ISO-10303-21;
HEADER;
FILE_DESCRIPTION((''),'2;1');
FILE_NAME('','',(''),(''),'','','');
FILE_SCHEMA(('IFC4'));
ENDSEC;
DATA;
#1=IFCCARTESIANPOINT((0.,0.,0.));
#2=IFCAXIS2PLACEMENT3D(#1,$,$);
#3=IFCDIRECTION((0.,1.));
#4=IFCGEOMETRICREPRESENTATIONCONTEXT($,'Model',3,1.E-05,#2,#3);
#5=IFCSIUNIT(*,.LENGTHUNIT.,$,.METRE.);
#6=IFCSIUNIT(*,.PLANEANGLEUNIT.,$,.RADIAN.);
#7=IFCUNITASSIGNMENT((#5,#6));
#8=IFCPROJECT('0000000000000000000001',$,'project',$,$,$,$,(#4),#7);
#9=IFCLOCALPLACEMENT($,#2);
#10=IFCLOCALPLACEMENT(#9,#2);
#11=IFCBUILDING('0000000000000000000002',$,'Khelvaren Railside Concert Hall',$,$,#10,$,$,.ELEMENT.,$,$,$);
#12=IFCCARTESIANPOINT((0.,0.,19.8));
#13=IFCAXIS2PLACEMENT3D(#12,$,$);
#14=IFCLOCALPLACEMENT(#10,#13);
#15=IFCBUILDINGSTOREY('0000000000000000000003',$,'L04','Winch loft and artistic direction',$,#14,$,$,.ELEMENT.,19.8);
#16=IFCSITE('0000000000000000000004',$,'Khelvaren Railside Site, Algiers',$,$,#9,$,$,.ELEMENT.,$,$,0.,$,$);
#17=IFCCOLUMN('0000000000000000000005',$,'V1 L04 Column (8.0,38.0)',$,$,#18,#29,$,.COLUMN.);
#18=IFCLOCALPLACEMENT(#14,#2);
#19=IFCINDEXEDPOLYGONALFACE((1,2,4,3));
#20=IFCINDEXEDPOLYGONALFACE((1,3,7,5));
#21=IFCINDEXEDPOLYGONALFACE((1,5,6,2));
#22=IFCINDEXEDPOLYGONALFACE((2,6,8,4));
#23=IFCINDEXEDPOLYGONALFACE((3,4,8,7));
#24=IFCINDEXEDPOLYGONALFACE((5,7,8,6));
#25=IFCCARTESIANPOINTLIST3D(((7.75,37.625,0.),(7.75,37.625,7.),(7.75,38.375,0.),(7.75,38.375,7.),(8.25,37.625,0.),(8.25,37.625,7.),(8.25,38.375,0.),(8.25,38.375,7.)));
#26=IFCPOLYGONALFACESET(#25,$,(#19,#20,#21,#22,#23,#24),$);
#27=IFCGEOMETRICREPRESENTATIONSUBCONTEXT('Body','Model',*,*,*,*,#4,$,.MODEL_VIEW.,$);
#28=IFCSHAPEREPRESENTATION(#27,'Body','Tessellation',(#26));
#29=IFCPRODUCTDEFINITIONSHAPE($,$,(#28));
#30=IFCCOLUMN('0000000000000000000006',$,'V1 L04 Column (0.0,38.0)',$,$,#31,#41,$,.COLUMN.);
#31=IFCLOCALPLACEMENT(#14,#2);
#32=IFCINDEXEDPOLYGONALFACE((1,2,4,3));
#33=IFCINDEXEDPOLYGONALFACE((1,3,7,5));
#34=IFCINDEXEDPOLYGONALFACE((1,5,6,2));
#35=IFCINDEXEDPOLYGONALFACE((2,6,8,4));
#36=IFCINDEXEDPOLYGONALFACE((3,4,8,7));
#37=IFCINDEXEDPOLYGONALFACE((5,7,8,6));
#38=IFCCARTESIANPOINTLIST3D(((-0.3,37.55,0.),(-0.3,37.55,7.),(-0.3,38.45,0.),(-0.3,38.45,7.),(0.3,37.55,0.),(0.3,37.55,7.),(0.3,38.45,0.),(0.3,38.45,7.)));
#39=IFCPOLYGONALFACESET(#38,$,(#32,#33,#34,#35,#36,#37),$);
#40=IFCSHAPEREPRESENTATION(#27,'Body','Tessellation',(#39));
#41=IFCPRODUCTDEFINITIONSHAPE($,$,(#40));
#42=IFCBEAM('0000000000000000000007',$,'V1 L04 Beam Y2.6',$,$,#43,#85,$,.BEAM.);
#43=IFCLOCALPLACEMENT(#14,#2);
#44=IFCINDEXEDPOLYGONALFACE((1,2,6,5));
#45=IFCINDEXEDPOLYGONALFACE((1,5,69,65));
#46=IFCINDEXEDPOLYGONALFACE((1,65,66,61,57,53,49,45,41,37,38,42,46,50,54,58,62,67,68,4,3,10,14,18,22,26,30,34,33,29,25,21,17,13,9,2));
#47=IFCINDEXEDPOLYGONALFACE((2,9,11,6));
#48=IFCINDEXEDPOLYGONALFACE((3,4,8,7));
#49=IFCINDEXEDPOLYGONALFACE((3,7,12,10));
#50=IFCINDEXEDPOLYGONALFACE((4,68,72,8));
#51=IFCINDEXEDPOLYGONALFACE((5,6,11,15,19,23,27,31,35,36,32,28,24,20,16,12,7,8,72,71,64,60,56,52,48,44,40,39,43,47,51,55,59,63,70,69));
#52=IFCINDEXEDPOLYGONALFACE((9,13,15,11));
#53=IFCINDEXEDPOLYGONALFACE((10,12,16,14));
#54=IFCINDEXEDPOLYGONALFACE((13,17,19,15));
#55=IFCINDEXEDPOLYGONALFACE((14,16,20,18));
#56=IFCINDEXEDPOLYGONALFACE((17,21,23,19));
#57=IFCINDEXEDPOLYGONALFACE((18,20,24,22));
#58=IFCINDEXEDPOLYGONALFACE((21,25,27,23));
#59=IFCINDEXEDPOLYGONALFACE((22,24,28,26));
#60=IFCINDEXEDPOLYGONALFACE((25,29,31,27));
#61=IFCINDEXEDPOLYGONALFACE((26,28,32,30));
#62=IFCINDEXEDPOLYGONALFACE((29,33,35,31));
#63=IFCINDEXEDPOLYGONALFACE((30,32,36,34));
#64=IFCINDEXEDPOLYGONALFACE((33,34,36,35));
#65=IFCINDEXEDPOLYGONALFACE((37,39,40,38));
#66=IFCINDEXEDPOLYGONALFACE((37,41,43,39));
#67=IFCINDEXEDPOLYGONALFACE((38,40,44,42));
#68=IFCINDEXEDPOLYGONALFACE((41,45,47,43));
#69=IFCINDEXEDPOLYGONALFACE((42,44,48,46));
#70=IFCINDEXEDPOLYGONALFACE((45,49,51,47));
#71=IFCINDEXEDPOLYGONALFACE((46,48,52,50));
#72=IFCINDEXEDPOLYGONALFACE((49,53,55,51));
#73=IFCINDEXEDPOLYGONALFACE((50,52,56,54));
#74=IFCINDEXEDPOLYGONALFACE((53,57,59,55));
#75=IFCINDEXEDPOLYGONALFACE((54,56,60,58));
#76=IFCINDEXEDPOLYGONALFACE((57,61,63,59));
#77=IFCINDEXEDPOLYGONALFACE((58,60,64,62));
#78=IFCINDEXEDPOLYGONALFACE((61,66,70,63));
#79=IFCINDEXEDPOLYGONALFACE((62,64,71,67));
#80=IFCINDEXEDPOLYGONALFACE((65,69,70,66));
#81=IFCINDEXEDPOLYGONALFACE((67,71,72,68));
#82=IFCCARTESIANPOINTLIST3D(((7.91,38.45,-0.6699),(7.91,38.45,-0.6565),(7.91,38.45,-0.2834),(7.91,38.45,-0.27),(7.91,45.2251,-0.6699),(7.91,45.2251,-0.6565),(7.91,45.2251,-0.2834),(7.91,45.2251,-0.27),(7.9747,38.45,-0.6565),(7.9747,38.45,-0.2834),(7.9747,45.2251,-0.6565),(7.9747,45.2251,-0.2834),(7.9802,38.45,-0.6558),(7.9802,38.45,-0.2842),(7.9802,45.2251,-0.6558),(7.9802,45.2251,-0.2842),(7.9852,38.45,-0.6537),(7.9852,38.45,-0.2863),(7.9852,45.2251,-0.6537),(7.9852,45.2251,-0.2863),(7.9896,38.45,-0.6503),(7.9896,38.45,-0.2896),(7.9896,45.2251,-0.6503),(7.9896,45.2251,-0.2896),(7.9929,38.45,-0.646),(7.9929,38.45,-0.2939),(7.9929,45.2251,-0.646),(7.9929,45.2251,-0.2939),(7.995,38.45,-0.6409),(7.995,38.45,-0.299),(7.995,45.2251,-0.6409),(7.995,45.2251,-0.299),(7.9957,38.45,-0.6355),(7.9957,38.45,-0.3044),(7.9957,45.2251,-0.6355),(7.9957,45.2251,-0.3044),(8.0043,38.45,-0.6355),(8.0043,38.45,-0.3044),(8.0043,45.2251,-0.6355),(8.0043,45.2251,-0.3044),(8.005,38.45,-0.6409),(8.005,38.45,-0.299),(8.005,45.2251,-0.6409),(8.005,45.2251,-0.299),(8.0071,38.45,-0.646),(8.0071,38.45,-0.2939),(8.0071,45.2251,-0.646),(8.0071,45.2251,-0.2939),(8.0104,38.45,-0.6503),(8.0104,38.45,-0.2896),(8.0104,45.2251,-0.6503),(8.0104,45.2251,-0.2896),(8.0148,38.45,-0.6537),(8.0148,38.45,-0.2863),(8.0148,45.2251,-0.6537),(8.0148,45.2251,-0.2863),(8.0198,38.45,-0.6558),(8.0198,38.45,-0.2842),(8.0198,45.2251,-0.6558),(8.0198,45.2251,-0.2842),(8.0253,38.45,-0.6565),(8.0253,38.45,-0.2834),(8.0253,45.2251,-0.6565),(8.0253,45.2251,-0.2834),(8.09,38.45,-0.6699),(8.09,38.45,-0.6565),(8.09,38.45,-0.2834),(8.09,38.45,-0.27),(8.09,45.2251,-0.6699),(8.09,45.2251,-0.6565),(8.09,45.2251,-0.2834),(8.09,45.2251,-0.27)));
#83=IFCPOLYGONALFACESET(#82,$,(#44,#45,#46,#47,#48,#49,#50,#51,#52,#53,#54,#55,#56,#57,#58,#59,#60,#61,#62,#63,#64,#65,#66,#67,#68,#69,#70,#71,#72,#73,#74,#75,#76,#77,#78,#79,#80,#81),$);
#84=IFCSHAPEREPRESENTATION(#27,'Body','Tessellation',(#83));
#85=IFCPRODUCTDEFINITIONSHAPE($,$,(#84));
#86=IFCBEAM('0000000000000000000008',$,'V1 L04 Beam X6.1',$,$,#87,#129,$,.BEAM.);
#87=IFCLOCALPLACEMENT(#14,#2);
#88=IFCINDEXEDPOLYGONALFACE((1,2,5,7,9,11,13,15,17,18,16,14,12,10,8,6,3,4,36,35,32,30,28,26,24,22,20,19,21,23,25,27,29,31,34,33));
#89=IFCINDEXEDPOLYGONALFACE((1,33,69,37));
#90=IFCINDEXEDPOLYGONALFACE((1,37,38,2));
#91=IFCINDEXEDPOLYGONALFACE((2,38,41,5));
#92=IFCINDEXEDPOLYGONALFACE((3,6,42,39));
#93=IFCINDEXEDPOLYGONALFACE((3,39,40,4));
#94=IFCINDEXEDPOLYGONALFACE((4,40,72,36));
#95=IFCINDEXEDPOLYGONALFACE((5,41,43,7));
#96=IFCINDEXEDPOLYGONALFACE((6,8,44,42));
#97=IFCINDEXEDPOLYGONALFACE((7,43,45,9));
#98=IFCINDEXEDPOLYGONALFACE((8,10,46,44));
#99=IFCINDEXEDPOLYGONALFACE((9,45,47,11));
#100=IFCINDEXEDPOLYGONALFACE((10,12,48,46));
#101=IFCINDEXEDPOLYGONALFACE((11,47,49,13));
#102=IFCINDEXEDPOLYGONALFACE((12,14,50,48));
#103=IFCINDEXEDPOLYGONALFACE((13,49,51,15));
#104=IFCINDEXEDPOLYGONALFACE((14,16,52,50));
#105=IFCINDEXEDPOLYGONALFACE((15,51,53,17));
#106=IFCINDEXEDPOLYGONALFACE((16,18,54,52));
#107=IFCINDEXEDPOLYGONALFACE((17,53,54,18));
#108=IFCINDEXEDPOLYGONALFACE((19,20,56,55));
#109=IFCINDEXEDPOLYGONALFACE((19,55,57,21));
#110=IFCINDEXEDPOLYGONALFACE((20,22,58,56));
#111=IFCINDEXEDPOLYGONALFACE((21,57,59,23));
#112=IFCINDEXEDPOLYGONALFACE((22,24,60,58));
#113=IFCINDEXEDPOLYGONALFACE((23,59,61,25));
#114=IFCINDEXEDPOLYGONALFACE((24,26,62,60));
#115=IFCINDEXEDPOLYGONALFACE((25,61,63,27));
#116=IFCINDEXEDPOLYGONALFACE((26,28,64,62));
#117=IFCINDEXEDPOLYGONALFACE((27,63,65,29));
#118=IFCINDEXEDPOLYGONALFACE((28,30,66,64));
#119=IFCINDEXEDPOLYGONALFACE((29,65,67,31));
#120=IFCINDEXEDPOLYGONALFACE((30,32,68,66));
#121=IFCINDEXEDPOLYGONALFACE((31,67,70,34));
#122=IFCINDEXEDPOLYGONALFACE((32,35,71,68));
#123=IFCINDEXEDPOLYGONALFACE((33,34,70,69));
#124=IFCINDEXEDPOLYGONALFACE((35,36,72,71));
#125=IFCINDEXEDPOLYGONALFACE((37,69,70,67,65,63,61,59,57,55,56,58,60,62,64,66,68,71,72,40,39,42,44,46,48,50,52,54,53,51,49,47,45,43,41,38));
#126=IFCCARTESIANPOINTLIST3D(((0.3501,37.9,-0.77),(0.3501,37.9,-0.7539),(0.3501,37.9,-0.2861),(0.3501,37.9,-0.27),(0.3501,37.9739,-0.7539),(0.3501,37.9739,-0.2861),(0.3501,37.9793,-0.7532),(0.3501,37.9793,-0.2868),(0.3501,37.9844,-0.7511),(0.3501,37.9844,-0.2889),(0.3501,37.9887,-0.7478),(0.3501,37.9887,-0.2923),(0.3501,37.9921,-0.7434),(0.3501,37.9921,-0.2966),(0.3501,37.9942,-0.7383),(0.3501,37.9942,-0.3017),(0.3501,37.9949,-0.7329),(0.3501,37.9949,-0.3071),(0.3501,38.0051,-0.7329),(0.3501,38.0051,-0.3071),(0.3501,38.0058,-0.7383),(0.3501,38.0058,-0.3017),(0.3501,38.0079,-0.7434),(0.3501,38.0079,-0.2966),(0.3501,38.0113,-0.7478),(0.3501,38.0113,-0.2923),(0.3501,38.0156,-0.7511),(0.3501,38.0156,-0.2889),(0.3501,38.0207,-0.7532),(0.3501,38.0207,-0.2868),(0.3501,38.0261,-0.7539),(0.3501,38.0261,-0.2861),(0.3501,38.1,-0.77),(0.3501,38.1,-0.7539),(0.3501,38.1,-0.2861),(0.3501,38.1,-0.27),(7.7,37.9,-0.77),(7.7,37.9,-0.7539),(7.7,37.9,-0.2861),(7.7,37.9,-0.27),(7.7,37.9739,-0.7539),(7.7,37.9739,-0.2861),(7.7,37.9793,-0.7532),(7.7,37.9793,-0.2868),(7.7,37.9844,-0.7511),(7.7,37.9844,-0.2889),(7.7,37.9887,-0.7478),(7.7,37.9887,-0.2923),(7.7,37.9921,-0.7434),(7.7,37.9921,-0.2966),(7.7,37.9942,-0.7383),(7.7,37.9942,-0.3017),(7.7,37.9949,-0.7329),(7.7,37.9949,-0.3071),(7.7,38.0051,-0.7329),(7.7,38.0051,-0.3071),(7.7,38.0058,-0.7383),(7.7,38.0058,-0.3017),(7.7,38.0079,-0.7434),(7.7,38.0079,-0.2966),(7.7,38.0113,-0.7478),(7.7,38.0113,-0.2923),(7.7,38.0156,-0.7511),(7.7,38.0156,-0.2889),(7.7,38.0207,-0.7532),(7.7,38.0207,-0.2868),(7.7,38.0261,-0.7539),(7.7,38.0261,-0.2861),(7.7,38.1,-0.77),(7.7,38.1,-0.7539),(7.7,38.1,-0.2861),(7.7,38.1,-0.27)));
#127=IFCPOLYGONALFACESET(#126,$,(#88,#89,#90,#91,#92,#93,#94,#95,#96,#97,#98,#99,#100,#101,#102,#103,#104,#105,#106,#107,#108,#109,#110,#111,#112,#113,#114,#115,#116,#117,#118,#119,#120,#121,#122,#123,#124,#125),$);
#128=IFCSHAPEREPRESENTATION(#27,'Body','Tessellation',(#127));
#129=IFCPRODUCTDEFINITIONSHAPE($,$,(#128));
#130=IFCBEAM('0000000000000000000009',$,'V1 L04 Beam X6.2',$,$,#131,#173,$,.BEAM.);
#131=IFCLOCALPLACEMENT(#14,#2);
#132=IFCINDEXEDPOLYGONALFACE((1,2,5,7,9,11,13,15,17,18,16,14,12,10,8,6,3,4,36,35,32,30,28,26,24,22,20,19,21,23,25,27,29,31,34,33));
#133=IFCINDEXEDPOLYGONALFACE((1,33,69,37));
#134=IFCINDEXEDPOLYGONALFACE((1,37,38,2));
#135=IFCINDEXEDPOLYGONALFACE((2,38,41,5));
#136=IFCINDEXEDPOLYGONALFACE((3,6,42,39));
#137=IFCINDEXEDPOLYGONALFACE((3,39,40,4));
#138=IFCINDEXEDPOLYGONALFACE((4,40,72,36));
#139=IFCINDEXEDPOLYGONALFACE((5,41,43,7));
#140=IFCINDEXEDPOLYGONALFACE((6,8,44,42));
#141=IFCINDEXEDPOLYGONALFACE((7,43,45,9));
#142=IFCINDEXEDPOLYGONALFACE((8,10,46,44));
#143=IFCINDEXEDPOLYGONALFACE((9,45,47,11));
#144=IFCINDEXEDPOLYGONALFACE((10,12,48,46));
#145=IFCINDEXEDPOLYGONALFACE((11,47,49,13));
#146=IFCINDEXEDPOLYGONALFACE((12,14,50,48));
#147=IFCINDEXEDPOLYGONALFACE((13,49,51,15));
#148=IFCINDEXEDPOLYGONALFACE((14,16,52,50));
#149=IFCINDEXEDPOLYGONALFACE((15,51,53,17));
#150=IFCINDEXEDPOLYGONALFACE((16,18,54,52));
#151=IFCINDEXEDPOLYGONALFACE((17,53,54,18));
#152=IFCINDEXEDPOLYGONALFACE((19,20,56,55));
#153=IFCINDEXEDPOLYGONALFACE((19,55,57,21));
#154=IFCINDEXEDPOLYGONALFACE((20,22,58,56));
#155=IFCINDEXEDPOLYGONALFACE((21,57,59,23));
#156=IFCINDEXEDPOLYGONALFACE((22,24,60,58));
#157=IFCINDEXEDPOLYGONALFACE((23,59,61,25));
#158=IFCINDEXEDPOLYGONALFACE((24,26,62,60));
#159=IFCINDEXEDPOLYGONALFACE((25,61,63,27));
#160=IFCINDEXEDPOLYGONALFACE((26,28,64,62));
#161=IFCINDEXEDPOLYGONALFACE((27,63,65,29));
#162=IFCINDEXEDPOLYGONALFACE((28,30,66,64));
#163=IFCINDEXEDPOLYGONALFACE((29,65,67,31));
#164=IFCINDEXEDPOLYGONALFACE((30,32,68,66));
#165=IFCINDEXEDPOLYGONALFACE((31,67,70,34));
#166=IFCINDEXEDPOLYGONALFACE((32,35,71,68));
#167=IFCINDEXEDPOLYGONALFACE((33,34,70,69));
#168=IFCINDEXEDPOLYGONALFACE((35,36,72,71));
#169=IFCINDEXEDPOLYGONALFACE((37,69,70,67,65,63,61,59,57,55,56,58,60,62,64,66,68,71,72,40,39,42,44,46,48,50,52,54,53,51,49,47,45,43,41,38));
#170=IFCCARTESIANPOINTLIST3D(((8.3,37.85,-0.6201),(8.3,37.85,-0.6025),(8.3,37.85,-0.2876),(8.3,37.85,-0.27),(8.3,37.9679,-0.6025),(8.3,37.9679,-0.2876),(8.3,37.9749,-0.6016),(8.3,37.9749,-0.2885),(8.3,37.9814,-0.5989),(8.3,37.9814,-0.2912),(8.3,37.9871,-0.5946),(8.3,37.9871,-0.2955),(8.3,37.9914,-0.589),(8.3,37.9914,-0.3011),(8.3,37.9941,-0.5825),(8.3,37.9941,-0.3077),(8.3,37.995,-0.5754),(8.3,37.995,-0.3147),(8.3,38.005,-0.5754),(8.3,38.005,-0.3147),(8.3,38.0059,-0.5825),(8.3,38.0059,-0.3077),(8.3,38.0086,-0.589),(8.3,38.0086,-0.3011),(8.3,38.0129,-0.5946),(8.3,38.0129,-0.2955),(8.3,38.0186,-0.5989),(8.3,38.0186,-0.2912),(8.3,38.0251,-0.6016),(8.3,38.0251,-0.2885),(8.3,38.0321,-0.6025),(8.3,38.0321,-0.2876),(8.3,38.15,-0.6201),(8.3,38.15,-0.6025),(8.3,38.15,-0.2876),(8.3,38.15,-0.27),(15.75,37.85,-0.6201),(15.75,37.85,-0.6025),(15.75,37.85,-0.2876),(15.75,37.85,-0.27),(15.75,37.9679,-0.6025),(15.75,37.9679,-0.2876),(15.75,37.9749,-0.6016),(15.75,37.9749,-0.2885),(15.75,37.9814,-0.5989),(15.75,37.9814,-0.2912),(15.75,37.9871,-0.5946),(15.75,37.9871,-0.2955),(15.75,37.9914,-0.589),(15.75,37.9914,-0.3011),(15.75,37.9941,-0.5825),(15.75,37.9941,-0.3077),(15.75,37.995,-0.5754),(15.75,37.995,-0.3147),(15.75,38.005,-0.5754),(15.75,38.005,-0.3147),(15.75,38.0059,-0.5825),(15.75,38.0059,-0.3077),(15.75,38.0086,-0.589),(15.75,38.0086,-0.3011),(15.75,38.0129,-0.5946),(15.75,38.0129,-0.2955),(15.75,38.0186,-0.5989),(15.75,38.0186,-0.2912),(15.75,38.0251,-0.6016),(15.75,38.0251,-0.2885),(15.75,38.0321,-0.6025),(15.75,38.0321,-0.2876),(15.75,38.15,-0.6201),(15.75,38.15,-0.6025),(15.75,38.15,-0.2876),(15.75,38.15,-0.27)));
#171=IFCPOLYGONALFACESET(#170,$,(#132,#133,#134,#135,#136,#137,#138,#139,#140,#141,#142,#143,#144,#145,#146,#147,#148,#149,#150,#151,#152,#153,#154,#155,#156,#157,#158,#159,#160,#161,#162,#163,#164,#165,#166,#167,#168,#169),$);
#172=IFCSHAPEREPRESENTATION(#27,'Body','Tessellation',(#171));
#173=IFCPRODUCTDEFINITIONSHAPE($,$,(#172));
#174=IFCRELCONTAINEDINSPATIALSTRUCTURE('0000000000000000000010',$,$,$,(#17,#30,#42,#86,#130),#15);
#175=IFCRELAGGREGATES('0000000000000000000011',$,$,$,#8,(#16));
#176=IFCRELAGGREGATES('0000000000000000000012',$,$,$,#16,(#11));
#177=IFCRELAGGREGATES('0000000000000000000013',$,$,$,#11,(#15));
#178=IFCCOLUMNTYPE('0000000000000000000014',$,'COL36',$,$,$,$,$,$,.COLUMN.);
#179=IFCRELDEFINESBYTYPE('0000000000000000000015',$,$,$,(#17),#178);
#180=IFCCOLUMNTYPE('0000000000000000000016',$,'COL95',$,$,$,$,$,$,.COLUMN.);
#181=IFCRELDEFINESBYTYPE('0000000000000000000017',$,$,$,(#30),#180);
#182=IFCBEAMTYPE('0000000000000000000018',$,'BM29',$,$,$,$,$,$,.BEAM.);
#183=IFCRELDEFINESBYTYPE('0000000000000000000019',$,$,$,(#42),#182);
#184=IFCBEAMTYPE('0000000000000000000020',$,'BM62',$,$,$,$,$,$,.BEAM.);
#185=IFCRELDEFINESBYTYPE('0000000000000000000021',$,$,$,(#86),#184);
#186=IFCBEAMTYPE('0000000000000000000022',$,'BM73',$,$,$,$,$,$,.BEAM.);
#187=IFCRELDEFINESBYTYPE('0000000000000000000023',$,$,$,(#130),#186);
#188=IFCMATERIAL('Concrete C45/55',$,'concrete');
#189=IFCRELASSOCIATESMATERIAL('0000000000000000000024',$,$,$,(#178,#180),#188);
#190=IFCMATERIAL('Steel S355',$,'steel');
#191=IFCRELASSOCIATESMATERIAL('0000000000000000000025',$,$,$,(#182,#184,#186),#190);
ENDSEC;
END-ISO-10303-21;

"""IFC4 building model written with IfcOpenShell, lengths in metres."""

from ifc_helpers import new_model, si_unit, direction, frame, origin, origin_2d, place, context, subcontext, project, spatial, rectangle, i_section, extrude, material, material_profile, profile_set, type_object, element, save


model = new_model("IFC4")

# Units and contexts
model_context = context("Model", 3, precision=1e-05, world=origin(), true_north=direction((0.0, 1.0)))
body_context = subcontext(model_context, "Body", "Model", "MODEL_VIEW")
ifc_project = project(units=[si_unit("LENGTHUNIT", "METRE"), si_unit("PLANEANGLEUNIT", "RADIAN")], contexts=[model_context])

# Site, building, storey
site_placement = place(None, origin())
site = spatial("IfcSite", under=ifc_project, at=site_placement, Name="Khelvaren Railside Site, Algiers", CompositionType="ELEMENT", RefElevation=0.0)
building_placement = place(site_placement, origin())
building = spatial("IfcBuilding", under=site, at=building_placement, Name="Khelvaren Railside Concert Hall", CompositionType="ELEMENT")
storey_placement = place(building_placement, frame((0.0, 0.0, 19.8)))
storey = spatial("IfcBuildingStorey", under=building, at=storey_placement, Name="L04", Description="Winch loft and artistic direction", CompositionType="ELEMENT", Elevation=19.8)

# Columns
ifc_material_1 = material(Name="Concrete C45/55", Category="concrete")
ifc_material_profile_1 = material_profile(ifc_material_1, rectangle(XDim=0.5, YDim=0.75, at=origin_2d()), Name="RC 500x750")
ifc_profile_set_1 = profile_set([ifc_material_profile_1], Name="Concrete C45/55")
column_type_1 = type_object("IfcColumnType", Name="COL36", PredefinedType="COLUMN", material=ifc_profile_set_1)
column_1_placement = place(storey_placement, frame((8.0, 38.0, 0.0), z_axis=(0.0, 0.0, 1.0), x_axis=(1.0, 0.0, 0.0)))
element("IfcColumn", 1, at=column_1_placement, inside=storey, type_object=column_type_1, Name="V1 L04 Column (8.0,38.0)", PredefinedType="COLUMN", context=body_context, shape_type="SweptSolid", body=[
    extrude(rectangle(XDim=0.5, YDim=0.75, at=origin_2d()), origin(), (0.0, 0.0, 1.0), 7.0),
])
ifc_material_profile_2 = material_profile(ifc_material_1, rectangle(XDim=0.6001, YDim=0.8999, at=origin_2d()), Name="RC 600x900")
ifc_profile_set_2 = profile_set([ifc_material_profile_2], Name="Concrete C45/55")
column_type_2 = type_object("IfcColumnType", Name="COL95", PredefinedType="COLUMN", material=ifc_profile_set_2)
column_2_placement = place(storey_placement, frame((0.0, 38.0, 0.0), z_axis=(0.0, 0.0, 1.0), x_axis=(1.0, 0.0, 0.0)))
element("IfcColumn", 2, at=column_2_placement, inside=storey, type_object=column_type_2, Name="V1 L04 Column (0.0,38.0)", PredefinedType="COLUMN", context=body_context, shape_type="SweptSolid", body=[
    extrude(rectangle(XDim=0.6001, YDim=0.8999, at=origin_2d()), origin(), (0.0, 0.0, 1.0), 7.0),
])

# Beams
ifc_material_2 = material(Name="Steel S355", Category="steel")
ifc_material_profile_3 = material_profile(ifc_material_2, i_section(OverallWidth=0.1799, OverallDepth=0.3999, WebThickness=0.0085, FlangeThickness=0.0134, FilletRadius=0.021, at=origin_2d()), Name="IPE 400")
ifc_profile_set_3 = profile_set([ifc_material_profile_3], Name="Steel S355")
beam_type_1 = type_object("IfcBeamType", Name="BM29", PredefinedType="BEAM", material=ifc_profile_set_3)
beam_1_placement = place(storey_placement, frame((8.0, 38.45, -0.47), z_axis=(0.0, 1.0, 0.0), x_axis=(-1.0, 0.0, 0.0)))
element("IfcBeam", 3, at=beam_1_placement, inside=storey, type_object=beam_type_1, Name="V1 L04 Beam Y2.6", PredefinedType="BEAM", context=body_context, shape_type="SweptSolid", body=[
    extrude(i_section(OverallWidth=0.1799, OverallDepth=0.3999, WebThickness=0.0085, FlangeThickness=0.0134, FilletRadius=0.021, at=origin_2d()), origin(), (0.0, 0.0, 1.0), 6.7751),
])
ifc_material_profile_4 = material_profile(ifc_material_2, i_section(OverallWidth=0.2, OverallDepth=0.5, WebThickness=0.0103, FlangeThickness=0.0161, FilletRadius=0.021, at=origin_2d()), Name="IPE 500")
ifc_profile_set_4 = profile_set([ifc_material_profile_4], Name="Steel S355")
beam_type_2 = type_object("IfcBeamType", Name="BM62", PredefinedType="BEAM", material=ifc_profile_set_4)
beam_2_placement = place(storey_placement, frame((0.3501, 38.0, -0.52), z_axis=(1.0, 0.0, 0.0), x_axis=(0.0, 1.0, 0.0)))
element("IfcBeam", 4, at=beam_2_placement, inside=storey, type_object=beam_type_2, Name="V1 L04 Beam X6.1", PredefinedType="BEAM", context=body_context, shape_type="SweptSolid", body=[
    extrude(i_section(OverallWidth=0.2, OverallDepth=0.5, WebThickness=0.0103, FlangeThickness=0.0161, FilletRadius=0.021, at=origin_2d()), origin(), (0.0, 0.0, 1.0), 7.3499),
])
ifc_material_profile_5 = material_profile(ifc_material_2, i_section(OverallWidth=0.3, OverallDepth=0.3501, WebThickness=0.01, FlangeThickness=0.0176, FilletRadius=0.0271, at=origin_2d()), Name="HEA 360")
ifc_profile_set_5 = profile_set([ifc_material_profile_5], Name="Steel S355")
beam_type_3 = type_object("IfcBeamType", Name="BM73", PredefinedType="BEAM", material=ifc_profile_set_5)
beam_3_placement = place(storey_placement, frame((8.3, 38.0, -0.4451), z_axis=(1.0, 0.0, 0.0), x_axis=(0.0, 1.0, 0.0)))
element("IfcBeam", 5, at=beam_3_placement, inside=storey, type_object=beam_type_3, Name="V1 L04 Beam X6.2", PredefinedType="BEAM", context=body_context, shape_type="SweptSolid", body=[
    extrude(i_section(OverallWidth=0.3, OverallDepth=0.3501, WebThickness=0.01, FlangeThickness=0.0176, FilletRadius=0.0271, at=origin_2d()), origin(), (0.0, 0.0, 1.0), 7.45),
])

save(model, "model.ifc")
